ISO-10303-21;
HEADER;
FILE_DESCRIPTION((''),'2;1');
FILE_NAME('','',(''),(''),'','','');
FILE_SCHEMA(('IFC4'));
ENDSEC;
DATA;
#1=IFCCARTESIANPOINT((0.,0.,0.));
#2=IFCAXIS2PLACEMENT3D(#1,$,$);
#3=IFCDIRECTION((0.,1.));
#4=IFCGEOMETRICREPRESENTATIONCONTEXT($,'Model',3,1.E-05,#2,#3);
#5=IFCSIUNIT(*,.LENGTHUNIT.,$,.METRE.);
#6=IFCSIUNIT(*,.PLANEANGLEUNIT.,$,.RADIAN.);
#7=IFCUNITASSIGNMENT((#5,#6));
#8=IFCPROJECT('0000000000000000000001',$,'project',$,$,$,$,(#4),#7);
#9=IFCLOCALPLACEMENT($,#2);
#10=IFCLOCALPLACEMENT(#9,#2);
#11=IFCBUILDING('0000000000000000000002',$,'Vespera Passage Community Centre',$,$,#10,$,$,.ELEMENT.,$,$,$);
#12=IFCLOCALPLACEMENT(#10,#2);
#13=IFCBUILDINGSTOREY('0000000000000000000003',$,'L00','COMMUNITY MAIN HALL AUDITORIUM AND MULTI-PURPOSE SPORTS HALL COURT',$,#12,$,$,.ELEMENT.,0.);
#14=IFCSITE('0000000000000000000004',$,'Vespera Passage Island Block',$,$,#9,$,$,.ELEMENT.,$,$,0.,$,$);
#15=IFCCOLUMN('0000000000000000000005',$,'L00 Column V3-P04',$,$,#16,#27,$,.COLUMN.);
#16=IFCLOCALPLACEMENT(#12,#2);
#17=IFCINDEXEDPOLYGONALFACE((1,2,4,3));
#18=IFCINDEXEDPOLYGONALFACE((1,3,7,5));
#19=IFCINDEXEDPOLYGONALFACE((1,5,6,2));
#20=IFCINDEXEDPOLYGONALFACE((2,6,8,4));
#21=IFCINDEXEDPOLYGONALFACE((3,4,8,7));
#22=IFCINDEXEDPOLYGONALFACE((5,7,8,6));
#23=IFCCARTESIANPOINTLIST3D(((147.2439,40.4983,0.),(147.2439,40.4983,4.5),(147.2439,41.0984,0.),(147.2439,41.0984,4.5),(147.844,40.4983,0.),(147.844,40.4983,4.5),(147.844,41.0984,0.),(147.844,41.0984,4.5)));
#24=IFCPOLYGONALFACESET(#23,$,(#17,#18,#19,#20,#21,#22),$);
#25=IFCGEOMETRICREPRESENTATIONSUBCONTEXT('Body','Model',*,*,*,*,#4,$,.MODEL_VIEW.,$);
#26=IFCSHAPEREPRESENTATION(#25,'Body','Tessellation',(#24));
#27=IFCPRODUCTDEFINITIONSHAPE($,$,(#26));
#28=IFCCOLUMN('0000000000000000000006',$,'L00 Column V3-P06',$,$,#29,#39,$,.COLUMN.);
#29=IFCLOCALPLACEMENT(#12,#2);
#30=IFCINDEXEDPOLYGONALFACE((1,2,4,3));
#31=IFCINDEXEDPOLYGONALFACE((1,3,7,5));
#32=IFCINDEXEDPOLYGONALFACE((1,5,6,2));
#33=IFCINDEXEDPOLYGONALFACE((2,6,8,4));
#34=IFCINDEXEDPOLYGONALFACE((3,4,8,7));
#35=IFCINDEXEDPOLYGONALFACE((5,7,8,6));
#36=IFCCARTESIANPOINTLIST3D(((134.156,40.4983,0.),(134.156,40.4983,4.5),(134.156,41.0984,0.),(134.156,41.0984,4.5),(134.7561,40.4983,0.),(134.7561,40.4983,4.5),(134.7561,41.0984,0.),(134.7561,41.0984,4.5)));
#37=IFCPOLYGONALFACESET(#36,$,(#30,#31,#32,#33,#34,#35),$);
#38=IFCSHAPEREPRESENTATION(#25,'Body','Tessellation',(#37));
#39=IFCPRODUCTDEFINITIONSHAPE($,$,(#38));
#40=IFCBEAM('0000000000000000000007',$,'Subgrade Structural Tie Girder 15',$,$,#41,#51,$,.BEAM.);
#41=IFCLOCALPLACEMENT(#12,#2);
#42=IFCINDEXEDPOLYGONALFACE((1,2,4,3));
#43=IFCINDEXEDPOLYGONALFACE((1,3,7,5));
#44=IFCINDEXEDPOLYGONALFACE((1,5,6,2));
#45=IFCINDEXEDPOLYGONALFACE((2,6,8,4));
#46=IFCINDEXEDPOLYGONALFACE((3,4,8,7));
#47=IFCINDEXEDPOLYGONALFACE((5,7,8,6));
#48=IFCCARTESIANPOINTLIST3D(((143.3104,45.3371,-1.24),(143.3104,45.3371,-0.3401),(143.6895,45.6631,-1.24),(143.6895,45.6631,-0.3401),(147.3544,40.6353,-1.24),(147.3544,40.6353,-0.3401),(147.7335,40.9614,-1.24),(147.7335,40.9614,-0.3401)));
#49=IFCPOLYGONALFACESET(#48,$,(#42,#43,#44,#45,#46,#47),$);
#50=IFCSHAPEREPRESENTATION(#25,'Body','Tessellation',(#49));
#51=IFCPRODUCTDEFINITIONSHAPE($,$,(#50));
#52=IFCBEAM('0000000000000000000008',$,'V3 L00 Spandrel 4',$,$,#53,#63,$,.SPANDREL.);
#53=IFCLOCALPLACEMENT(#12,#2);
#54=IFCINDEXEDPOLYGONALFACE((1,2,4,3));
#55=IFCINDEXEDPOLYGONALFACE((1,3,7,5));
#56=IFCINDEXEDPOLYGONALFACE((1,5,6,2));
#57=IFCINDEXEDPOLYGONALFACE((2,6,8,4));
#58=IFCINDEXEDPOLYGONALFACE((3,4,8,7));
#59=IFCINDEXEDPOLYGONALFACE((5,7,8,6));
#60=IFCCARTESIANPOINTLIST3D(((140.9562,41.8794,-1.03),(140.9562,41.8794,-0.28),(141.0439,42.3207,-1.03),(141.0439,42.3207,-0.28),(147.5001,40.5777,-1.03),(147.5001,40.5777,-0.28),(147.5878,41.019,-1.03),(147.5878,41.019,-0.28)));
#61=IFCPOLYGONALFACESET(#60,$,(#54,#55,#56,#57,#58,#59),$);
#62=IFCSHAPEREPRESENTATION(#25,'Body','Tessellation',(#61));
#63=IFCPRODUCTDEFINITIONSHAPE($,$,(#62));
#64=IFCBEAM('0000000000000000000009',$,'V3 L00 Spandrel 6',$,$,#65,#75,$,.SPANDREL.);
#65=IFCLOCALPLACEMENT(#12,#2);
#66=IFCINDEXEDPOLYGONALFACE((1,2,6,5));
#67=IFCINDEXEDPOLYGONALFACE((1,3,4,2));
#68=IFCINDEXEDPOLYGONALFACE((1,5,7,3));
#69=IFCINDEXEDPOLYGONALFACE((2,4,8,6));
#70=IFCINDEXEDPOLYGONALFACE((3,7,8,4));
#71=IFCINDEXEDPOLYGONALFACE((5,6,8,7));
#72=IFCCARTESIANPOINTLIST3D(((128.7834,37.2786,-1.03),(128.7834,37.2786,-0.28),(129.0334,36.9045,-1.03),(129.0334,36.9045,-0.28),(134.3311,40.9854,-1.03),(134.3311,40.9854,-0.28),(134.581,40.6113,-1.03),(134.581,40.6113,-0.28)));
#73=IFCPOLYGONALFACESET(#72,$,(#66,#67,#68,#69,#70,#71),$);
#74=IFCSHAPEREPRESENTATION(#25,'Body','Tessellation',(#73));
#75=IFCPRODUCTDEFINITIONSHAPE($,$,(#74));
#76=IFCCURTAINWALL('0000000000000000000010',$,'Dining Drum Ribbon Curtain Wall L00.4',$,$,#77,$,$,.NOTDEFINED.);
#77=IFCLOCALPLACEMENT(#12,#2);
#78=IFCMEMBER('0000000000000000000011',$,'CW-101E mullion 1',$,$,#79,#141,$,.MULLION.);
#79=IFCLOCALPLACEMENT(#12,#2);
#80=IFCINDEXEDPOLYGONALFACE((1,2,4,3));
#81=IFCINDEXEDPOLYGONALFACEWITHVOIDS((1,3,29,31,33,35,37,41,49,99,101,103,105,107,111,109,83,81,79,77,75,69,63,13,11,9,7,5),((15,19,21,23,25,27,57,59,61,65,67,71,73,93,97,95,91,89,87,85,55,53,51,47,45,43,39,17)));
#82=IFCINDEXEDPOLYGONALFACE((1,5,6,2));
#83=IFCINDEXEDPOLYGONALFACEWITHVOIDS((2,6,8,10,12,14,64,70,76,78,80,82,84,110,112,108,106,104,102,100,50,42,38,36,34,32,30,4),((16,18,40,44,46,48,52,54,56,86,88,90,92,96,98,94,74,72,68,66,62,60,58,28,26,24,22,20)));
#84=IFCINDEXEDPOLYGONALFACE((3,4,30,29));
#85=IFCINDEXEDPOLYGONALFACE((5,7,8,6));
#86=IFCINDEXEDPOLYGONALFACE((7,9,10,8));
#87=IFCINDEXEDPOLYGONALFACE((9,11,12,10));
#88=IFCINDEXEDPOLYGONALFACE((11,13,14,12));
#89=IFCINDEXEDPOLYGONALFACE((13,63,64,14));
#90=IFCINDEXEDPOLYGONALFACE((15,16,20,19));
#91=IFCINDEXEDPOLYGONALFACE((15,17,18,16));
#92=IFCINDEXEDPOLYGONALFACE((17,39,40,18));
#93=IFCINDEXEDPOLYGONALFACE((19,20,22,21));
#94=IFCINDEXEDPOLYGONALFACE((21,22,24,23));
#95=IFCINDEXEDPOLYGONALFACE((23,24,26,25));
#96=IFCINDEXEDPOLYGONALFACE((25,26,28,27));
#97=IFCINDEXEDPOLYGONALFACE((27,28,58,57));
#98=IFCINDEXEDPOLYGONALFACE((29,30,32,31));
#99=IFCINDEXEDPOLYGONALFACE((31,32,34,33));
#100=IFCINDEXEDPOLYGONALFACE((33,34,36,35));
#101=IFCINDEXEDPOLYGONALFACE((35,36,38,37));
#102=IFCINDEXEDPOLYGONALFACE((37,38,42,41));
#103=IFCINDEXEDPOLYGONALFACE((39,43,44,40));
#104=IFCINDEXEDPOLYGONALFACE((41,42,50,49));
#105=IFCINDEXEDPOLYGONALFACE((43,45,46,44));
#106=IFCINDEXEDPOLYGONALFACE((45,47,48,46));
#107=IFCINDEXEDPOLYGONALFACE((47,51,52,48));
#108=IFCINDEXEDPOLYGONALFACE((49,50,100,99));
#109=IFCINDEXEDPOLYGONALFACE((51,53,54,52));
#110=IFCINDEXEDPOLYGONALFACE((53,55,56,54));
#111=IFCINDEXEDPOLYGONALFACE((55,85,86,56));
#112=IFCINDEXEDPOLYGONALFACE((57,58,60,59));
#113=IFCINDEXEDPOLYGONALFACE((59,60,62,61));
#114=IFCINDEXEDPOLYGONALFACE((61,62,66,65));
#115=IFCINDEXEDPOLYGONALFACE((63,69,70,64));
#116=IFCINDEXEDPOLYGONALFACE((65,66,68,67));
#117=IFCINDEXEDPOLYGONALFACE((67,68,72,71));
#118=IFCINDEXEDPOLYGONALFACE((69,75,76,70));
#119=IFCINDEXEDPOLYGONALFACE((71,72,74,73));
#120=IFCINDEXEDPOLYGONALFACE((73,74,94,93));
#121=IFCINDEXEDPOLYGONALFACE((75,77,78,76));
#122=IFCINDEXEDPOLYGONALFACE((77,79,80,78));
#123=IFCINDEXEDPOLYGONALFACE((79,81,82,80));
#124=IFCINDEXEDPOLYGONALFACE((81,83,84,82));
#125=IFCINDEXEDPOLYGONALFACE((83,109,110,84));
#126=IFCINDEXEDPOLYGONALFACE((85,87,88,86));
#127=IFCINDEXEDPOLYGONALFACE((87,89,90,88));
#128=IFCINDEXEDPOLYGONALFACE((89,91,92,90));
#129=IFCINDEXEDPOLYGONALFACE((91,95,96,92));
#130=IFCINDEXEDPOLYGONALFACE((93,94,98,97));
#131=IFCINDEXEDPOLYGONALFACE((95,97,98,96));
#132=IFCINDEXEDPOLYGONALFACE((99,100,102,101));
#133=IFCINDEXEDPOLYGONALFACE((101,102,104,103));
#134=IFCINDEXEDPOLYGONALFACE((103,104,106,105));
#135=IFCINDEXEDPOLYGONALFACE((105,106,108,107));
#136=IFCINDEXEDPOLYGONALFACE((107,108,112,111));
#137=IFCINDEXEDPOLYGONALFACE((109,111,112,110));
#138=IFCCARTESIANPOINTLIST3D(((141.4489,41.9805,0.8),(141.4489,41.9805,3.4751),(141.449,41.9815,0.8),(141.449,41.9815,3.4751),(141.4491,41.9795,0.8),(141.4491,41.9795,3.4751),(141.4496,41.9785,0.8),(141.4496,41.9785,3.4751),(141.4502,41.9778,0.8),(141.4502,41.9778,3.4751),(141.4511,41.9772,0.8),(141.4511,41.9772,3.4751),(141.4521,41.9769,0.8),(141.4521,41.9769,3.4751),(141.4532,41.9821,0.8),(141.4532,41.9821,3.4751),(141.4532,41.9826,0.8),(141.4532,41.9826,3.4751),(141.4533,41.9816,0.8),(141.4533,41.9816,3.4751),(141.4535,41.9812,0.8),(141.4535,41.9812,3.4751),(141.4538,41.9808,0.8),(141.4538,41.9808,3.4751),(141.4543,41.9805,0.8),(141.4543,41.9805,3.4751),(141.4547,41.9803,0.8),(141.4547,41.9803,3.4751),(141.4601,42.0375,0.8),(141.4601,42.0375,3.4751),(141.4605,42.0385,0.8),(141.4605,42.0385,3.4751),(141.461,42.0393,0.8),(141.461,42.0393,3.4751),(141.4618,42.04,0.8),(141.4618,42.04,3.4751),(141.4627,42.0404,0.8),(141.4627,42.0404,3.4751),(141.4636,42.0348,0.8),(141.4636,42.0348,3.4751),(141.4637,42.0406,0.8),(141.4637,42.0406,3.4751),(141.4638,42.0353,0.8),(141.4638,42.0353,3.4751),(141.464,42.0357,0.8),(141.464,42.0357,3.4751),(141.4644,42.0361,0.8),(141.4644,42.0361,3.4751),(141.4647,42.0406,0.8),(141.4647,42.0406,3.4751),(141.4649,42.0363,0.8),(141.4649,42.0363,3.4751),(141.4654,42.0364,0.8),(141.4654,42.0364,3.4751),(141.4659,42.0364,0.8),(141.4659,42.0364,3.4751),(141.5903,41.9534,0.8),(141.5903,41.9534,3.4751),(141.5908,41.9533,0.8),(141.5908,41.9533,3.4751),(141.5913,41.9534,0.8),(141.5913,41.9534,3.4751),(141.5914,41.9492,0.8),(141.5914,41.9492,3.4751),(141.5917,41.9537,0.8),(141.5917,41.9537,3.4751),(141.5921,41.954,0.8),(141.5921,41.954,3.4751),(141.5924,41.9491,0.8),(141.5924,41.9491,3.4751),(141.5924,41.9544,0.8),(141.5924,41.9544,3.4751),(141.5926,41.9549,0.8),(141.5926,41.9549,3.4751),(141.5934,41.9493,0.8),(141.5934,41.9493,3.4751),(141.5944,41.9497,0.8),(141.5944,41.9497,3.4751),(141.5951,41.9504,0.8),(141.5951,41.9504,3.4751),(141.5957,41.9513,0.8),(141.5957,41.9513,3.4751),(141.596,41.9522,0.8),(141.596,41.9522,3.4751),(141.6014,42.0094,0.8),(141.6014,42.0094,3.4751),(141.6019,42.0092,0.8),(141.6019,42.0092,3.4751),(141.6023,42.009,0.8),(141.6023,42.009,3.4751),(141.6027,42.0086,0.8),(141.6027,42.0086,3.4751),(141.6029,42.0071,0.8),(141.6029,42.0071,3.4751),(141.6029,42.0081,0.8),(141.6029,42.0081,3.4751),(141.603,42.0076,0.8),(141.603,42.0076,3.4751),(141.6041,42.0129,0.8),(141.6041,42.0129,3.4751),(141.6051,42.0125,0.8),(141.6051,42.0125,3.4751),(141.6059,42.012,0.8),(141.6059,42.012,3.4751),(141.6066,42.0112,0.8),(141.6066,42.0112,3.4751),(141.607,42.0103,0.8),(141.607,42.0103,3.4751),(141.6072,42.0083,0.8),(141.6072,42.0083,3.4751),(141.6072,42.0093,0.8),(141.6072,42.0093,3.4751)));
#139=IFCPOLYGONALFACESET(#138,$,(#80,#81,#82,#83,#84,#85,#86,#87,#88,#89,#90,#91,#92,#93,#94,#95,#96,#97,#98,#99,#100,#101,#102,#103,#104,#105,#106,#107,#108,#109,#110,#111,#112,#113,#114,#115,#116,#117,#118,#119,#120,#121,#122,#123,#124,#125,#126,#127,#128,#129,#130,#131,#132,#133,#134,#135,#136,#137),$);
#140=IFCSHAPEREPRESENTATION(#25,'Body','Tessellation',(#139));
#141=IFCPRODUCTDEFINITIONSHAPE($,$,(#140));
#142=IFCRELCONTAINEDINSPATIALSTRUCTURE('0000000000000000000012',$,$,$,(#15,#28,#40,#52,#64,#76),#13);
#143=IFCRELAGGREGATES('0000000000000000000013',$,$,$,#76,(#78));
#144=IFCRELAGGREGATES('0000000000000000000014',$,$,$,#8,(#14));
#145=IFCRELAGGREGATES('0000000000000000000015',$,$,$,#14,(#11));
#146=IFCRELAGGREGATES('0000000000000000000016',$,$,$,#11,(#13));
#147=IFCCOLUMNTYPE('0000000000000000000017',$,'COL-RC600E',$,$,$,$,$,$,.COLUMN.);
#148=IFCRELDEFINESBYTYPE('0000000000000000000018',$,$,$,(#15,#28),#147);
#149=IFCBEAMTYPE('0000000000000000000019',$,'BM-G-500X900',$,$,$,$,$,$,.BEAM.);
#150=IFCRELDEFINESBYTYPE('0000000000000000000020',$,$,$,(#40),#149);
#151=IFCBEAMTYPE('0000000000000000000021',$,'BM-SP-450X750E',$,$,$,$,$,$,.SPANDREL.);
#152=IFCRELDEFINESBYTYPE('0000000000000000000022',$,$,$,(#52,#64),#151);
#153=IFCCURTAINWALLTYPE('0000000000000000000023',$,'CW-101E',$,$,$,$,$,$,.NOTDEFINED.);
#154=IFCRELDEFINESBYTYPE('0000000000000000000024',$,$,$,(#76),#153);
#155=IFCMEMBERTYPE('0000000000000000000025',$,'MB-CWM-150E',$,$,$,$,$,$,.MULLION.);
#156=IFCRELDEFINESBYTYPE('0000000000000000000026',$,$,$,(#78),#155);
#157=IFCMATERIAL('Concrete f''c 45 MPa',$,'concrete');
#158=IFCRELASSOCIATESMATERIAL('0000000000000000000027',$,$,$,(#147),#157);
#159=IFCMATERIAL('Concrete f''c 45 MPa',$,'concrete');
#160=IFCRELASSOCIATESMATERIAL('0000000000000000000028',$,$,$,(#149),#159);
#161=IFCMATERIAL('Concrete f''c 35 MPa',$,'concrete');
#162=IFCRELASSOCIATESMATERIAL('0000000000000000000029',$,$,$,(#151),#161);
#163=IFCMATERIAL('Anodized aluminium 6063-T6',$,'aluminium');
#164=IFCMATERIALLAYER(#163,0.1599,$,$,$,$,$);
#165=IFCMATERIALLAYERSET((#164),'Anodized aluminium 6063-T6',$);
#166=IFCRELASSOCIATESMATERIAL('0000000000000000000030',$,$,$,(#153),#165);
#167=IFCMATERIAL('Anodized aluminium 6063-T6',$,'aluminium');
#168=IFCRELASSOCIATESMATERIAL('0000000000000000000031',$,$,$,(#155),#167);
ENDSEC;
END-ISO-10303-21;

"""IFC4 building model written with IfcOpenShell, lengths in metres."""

from ifc_helpers import new_model, si_unit, direction, frame, origin, origin_2d, place, context, subcontext, project, spatial, rectangle, hollow_rectangle, extrude, material, layer, layer_set, material_profile, profile_set, type_object, element, aggregate, save


model = new_model("IFC4")

# Units and contexts
model_context = context("Model", 3, precision=1e-05, world=origin(), true_north=direction((0.0, 1.0)))
body_context = subcontext(model_context, "Body", "Model", "MODEL_VIEW")
ifc_project = project(units=[si_unit("LENGTHUNIT", "METRE"), si_unit("PLANEANGLEUNIT", "RADIAN")], contexts=[model_context])

# Site, building, storey
site_placement = place(None, origin())
site = spatial("IfcSite", under=ifc_project, at=site_placement, Name="Vespera Passage Island Block", CompositionType="ELEMENT", RefElevation=0.0)
building_placement = place(site_placement, origin())
building = spatial("IfcBuilding", under=site, at=building_placement, Name="Vespera Passage Community Centre", CompositionType="ELEMENT")
storey_placement = place(building_placement, origin())
storey = spatial("IfcBuildingStorey", under=building, at=storey_placement, Name="L00", Description="COMMUNITY MAIN HALL AUDITORIUM AND MULTI-PURPOSE SPORTS HALL COURT", CompositionType="ELEMENT", Elevation=0.0)

# Columns
ifc_material_1 = material(Name="Concrete f'c 45 MPa", Category="concrete")
ifc_material_profile_1 = material_profile(ifc_material_1, rectangle(XDim=0.6001, YDim=0.6001, at=origin_2d()), Name="RC600X600")
ifc_profile_set_1 = profile_set([ifc_material_profile_1], Name="Concrete f'c 45 MPa")
column_type = type_object("IfcColumnType", Name="COL-RC600E", PredefinedType="COLUMN", material=ifc_profile_set_1)
for number, where, z_axis, x_axis, name in (
    (1, (147.5439, 40.7983, 0.0), (0.0, 0.0, 1.0), (1.0, 0.0, 0.0), "L00 Column V3-P04"),
    (2, (134.4561, 40.7983, 0.0), (0.0, 0.0, 1.0), (1.0, 0.0, 0.0), "L00 Column V3-P06"),
):
    element("IfcColumn", number, at=place(storey_placement, frame(where, z_axis=z_axis, x_axis=x_axis)), inside=storey, type_object=column_type, Name=name, PredefinedType="COLUMN", context=body_context, shape_type="SweptSolid", body=[
        extrude(rectangle(XDim=0.6001, YDim=0.6001, at=origin_2d()), origin(), (0.0, 0.0, 1.0), 4.5),
    ])

# Beams
ifc_material_2 = material(Name="Concrete f'c 45 MPa", Category="concrete")
ifc_material_profile_2 = material_profile(ifc_material_2, rectangle(XDim=0.5, YDim=0.8999, at=origin_2d()), Name="RC500X900")
ifc_profile_set_2 = profile_set([ifc_material_profile_2], Name="Concrete f'c 45 MPa")
beam_type_1 = type_object("IfcBeamType", Name="BM-G-500X900", PredefinedType="BEAM", material=ifc_profile_set_2)
beam_placement = place(storey_placement, frame((147.5439, 40.7983, -0.79), z_axis=(-0.652087, 0.758144, 0.0), x_axis=(-0.758144, -0.652087, 0.0)))
element("IfcBeam", 3, at=beam_placement, inside=storey, type_object=beam_type_1, Name="Subgrade Structural Tie Girder 15", PredefinedType="BEAM", context=body_context, shape_type="SweptSolid", body=[
    extrude(rectangle(XDim=0.5, YDim=0.8999, at=origin_2d()), origin(), (0.0, 0.0, 1.0), 6.2017),
])
ifc_material_3 = material(Name="Concrete f'c 35 MPa", Category="concrete")
ifc_material_profile_3 = material_profile(ifc_material_3, rectangle(XDim=0.45, YDim=0.75, at=origin_2d()), Name="RC450X750")
ifc_profile_set_3 = profile_set([ifc_material_profile_3], Name="Concrete f'c 35 MPa")
beam_type_2 = type_object("IfcBeamType", Name="BM-SP-450X750E", PredefinedType="SPANDREL", material=ifc_profile_set_3)
for number, where, z_axis, x_axis, name in (
    (4, (147.5439, 40.7983, -0.655), (-0.980783, 0.195103, 0.0), (-0.195103, -0.980783, 0.0), "V3 L00 Spandrel 4"),
    (5, (134.4561, 40.7983, -0.655), (-0.83147, -0.55557, 0.0), (0.55557, -0.83147, 0.0), "V3 L00 Spandrel 6"),
):
    element("IfcBeam", number, at=place(storey_placement, frame(where, z_axis=z_axis, x_axis=x_axis)), inside=storey, type_object=beam_type_2, Name=name, PredefinedType="SPANDREL", context=body_context, shape_type="SweptSolid", body=[
        extrude(rectangle(XDim=0.45, YDim=0.75, at=origin_2d()), origin(), (0.0, 0.0, 1.0), 6.6721),
    ])

# Curtain wall, member
ifc_material_4 = material(Name="Anodized aluminium 6063-T6", Category="aluminium")
ifc_layer_1 = layer(ifc_material_4, 0.1599)
ifc_layer_set_1 = layer_set([ifc_layer_1], Name="Anodized aluminium 6063-T6")
curtain_wall_type_1 = type_object("IfcCurtainWallType", Name="CW-101E", PredefinedType="NOTDEFINED", material=ifc_layer_set_1)
curtain_wall_1_placement = place(storey_placement, origin())
curtain_wall_1 = element("IfcCurtainWall", 6, at=curtain_wall_1_placement, inside=storey, type_object=curtain_wall_type_1, Name="Dining Drum Ribbon Curtain Wall L00.4", PredefinedType="NOTDEFINED")
ifc_material_5 = material(Name="Anodized aluminium 6063-T6", Category="aluminium")
ifc_material_profile_4 = material_profile(ifc_material_5, hollow_rectangle(XDim=0.0649, YDim=0.1499, WallThickness=0.0039, InnerFilletRadius=0.002, OuterFilletRadius=0.0039, at=origin_2d()), Name="ALU150X65X4")
ifc_profile_set_4 = profile_set([ifc_material_profile_4], Name="Anodized aluminium 6063-T6")
member_type_1 = type_object("IfcMemberType", Name="MB-CWM-150E", PredefinedType="MULLION", material=ifc_profile_set_4)
member_1_placement = place(storey_placement, frame((141.5281, 41.9949, 0.8), z_axis=(0.0, 0.0, 1.0), x_axis=(0.195097, 0.980784, 0.0)))
member_1 = element("IfcMember", 7, at=member_1_placement, type_object=member_type_1, Name="CW-101E mullion 1", PredefinedType="MULLION", context=body_context, shape_type="SweptSolid", body=[
    extrude(hollow_rectangle(XDim=0.0649, YDim=0.1499, WallThickness=0.0039, InnerFilletRadius=0.002, OuterFilletRadius=0.0039, at=origin_2d()), origin(), (0.0, 0.0, 1.0), 2.675),
])

aggregate(curtain_wall_1, [member_1])

save(model, "model.ifc")
